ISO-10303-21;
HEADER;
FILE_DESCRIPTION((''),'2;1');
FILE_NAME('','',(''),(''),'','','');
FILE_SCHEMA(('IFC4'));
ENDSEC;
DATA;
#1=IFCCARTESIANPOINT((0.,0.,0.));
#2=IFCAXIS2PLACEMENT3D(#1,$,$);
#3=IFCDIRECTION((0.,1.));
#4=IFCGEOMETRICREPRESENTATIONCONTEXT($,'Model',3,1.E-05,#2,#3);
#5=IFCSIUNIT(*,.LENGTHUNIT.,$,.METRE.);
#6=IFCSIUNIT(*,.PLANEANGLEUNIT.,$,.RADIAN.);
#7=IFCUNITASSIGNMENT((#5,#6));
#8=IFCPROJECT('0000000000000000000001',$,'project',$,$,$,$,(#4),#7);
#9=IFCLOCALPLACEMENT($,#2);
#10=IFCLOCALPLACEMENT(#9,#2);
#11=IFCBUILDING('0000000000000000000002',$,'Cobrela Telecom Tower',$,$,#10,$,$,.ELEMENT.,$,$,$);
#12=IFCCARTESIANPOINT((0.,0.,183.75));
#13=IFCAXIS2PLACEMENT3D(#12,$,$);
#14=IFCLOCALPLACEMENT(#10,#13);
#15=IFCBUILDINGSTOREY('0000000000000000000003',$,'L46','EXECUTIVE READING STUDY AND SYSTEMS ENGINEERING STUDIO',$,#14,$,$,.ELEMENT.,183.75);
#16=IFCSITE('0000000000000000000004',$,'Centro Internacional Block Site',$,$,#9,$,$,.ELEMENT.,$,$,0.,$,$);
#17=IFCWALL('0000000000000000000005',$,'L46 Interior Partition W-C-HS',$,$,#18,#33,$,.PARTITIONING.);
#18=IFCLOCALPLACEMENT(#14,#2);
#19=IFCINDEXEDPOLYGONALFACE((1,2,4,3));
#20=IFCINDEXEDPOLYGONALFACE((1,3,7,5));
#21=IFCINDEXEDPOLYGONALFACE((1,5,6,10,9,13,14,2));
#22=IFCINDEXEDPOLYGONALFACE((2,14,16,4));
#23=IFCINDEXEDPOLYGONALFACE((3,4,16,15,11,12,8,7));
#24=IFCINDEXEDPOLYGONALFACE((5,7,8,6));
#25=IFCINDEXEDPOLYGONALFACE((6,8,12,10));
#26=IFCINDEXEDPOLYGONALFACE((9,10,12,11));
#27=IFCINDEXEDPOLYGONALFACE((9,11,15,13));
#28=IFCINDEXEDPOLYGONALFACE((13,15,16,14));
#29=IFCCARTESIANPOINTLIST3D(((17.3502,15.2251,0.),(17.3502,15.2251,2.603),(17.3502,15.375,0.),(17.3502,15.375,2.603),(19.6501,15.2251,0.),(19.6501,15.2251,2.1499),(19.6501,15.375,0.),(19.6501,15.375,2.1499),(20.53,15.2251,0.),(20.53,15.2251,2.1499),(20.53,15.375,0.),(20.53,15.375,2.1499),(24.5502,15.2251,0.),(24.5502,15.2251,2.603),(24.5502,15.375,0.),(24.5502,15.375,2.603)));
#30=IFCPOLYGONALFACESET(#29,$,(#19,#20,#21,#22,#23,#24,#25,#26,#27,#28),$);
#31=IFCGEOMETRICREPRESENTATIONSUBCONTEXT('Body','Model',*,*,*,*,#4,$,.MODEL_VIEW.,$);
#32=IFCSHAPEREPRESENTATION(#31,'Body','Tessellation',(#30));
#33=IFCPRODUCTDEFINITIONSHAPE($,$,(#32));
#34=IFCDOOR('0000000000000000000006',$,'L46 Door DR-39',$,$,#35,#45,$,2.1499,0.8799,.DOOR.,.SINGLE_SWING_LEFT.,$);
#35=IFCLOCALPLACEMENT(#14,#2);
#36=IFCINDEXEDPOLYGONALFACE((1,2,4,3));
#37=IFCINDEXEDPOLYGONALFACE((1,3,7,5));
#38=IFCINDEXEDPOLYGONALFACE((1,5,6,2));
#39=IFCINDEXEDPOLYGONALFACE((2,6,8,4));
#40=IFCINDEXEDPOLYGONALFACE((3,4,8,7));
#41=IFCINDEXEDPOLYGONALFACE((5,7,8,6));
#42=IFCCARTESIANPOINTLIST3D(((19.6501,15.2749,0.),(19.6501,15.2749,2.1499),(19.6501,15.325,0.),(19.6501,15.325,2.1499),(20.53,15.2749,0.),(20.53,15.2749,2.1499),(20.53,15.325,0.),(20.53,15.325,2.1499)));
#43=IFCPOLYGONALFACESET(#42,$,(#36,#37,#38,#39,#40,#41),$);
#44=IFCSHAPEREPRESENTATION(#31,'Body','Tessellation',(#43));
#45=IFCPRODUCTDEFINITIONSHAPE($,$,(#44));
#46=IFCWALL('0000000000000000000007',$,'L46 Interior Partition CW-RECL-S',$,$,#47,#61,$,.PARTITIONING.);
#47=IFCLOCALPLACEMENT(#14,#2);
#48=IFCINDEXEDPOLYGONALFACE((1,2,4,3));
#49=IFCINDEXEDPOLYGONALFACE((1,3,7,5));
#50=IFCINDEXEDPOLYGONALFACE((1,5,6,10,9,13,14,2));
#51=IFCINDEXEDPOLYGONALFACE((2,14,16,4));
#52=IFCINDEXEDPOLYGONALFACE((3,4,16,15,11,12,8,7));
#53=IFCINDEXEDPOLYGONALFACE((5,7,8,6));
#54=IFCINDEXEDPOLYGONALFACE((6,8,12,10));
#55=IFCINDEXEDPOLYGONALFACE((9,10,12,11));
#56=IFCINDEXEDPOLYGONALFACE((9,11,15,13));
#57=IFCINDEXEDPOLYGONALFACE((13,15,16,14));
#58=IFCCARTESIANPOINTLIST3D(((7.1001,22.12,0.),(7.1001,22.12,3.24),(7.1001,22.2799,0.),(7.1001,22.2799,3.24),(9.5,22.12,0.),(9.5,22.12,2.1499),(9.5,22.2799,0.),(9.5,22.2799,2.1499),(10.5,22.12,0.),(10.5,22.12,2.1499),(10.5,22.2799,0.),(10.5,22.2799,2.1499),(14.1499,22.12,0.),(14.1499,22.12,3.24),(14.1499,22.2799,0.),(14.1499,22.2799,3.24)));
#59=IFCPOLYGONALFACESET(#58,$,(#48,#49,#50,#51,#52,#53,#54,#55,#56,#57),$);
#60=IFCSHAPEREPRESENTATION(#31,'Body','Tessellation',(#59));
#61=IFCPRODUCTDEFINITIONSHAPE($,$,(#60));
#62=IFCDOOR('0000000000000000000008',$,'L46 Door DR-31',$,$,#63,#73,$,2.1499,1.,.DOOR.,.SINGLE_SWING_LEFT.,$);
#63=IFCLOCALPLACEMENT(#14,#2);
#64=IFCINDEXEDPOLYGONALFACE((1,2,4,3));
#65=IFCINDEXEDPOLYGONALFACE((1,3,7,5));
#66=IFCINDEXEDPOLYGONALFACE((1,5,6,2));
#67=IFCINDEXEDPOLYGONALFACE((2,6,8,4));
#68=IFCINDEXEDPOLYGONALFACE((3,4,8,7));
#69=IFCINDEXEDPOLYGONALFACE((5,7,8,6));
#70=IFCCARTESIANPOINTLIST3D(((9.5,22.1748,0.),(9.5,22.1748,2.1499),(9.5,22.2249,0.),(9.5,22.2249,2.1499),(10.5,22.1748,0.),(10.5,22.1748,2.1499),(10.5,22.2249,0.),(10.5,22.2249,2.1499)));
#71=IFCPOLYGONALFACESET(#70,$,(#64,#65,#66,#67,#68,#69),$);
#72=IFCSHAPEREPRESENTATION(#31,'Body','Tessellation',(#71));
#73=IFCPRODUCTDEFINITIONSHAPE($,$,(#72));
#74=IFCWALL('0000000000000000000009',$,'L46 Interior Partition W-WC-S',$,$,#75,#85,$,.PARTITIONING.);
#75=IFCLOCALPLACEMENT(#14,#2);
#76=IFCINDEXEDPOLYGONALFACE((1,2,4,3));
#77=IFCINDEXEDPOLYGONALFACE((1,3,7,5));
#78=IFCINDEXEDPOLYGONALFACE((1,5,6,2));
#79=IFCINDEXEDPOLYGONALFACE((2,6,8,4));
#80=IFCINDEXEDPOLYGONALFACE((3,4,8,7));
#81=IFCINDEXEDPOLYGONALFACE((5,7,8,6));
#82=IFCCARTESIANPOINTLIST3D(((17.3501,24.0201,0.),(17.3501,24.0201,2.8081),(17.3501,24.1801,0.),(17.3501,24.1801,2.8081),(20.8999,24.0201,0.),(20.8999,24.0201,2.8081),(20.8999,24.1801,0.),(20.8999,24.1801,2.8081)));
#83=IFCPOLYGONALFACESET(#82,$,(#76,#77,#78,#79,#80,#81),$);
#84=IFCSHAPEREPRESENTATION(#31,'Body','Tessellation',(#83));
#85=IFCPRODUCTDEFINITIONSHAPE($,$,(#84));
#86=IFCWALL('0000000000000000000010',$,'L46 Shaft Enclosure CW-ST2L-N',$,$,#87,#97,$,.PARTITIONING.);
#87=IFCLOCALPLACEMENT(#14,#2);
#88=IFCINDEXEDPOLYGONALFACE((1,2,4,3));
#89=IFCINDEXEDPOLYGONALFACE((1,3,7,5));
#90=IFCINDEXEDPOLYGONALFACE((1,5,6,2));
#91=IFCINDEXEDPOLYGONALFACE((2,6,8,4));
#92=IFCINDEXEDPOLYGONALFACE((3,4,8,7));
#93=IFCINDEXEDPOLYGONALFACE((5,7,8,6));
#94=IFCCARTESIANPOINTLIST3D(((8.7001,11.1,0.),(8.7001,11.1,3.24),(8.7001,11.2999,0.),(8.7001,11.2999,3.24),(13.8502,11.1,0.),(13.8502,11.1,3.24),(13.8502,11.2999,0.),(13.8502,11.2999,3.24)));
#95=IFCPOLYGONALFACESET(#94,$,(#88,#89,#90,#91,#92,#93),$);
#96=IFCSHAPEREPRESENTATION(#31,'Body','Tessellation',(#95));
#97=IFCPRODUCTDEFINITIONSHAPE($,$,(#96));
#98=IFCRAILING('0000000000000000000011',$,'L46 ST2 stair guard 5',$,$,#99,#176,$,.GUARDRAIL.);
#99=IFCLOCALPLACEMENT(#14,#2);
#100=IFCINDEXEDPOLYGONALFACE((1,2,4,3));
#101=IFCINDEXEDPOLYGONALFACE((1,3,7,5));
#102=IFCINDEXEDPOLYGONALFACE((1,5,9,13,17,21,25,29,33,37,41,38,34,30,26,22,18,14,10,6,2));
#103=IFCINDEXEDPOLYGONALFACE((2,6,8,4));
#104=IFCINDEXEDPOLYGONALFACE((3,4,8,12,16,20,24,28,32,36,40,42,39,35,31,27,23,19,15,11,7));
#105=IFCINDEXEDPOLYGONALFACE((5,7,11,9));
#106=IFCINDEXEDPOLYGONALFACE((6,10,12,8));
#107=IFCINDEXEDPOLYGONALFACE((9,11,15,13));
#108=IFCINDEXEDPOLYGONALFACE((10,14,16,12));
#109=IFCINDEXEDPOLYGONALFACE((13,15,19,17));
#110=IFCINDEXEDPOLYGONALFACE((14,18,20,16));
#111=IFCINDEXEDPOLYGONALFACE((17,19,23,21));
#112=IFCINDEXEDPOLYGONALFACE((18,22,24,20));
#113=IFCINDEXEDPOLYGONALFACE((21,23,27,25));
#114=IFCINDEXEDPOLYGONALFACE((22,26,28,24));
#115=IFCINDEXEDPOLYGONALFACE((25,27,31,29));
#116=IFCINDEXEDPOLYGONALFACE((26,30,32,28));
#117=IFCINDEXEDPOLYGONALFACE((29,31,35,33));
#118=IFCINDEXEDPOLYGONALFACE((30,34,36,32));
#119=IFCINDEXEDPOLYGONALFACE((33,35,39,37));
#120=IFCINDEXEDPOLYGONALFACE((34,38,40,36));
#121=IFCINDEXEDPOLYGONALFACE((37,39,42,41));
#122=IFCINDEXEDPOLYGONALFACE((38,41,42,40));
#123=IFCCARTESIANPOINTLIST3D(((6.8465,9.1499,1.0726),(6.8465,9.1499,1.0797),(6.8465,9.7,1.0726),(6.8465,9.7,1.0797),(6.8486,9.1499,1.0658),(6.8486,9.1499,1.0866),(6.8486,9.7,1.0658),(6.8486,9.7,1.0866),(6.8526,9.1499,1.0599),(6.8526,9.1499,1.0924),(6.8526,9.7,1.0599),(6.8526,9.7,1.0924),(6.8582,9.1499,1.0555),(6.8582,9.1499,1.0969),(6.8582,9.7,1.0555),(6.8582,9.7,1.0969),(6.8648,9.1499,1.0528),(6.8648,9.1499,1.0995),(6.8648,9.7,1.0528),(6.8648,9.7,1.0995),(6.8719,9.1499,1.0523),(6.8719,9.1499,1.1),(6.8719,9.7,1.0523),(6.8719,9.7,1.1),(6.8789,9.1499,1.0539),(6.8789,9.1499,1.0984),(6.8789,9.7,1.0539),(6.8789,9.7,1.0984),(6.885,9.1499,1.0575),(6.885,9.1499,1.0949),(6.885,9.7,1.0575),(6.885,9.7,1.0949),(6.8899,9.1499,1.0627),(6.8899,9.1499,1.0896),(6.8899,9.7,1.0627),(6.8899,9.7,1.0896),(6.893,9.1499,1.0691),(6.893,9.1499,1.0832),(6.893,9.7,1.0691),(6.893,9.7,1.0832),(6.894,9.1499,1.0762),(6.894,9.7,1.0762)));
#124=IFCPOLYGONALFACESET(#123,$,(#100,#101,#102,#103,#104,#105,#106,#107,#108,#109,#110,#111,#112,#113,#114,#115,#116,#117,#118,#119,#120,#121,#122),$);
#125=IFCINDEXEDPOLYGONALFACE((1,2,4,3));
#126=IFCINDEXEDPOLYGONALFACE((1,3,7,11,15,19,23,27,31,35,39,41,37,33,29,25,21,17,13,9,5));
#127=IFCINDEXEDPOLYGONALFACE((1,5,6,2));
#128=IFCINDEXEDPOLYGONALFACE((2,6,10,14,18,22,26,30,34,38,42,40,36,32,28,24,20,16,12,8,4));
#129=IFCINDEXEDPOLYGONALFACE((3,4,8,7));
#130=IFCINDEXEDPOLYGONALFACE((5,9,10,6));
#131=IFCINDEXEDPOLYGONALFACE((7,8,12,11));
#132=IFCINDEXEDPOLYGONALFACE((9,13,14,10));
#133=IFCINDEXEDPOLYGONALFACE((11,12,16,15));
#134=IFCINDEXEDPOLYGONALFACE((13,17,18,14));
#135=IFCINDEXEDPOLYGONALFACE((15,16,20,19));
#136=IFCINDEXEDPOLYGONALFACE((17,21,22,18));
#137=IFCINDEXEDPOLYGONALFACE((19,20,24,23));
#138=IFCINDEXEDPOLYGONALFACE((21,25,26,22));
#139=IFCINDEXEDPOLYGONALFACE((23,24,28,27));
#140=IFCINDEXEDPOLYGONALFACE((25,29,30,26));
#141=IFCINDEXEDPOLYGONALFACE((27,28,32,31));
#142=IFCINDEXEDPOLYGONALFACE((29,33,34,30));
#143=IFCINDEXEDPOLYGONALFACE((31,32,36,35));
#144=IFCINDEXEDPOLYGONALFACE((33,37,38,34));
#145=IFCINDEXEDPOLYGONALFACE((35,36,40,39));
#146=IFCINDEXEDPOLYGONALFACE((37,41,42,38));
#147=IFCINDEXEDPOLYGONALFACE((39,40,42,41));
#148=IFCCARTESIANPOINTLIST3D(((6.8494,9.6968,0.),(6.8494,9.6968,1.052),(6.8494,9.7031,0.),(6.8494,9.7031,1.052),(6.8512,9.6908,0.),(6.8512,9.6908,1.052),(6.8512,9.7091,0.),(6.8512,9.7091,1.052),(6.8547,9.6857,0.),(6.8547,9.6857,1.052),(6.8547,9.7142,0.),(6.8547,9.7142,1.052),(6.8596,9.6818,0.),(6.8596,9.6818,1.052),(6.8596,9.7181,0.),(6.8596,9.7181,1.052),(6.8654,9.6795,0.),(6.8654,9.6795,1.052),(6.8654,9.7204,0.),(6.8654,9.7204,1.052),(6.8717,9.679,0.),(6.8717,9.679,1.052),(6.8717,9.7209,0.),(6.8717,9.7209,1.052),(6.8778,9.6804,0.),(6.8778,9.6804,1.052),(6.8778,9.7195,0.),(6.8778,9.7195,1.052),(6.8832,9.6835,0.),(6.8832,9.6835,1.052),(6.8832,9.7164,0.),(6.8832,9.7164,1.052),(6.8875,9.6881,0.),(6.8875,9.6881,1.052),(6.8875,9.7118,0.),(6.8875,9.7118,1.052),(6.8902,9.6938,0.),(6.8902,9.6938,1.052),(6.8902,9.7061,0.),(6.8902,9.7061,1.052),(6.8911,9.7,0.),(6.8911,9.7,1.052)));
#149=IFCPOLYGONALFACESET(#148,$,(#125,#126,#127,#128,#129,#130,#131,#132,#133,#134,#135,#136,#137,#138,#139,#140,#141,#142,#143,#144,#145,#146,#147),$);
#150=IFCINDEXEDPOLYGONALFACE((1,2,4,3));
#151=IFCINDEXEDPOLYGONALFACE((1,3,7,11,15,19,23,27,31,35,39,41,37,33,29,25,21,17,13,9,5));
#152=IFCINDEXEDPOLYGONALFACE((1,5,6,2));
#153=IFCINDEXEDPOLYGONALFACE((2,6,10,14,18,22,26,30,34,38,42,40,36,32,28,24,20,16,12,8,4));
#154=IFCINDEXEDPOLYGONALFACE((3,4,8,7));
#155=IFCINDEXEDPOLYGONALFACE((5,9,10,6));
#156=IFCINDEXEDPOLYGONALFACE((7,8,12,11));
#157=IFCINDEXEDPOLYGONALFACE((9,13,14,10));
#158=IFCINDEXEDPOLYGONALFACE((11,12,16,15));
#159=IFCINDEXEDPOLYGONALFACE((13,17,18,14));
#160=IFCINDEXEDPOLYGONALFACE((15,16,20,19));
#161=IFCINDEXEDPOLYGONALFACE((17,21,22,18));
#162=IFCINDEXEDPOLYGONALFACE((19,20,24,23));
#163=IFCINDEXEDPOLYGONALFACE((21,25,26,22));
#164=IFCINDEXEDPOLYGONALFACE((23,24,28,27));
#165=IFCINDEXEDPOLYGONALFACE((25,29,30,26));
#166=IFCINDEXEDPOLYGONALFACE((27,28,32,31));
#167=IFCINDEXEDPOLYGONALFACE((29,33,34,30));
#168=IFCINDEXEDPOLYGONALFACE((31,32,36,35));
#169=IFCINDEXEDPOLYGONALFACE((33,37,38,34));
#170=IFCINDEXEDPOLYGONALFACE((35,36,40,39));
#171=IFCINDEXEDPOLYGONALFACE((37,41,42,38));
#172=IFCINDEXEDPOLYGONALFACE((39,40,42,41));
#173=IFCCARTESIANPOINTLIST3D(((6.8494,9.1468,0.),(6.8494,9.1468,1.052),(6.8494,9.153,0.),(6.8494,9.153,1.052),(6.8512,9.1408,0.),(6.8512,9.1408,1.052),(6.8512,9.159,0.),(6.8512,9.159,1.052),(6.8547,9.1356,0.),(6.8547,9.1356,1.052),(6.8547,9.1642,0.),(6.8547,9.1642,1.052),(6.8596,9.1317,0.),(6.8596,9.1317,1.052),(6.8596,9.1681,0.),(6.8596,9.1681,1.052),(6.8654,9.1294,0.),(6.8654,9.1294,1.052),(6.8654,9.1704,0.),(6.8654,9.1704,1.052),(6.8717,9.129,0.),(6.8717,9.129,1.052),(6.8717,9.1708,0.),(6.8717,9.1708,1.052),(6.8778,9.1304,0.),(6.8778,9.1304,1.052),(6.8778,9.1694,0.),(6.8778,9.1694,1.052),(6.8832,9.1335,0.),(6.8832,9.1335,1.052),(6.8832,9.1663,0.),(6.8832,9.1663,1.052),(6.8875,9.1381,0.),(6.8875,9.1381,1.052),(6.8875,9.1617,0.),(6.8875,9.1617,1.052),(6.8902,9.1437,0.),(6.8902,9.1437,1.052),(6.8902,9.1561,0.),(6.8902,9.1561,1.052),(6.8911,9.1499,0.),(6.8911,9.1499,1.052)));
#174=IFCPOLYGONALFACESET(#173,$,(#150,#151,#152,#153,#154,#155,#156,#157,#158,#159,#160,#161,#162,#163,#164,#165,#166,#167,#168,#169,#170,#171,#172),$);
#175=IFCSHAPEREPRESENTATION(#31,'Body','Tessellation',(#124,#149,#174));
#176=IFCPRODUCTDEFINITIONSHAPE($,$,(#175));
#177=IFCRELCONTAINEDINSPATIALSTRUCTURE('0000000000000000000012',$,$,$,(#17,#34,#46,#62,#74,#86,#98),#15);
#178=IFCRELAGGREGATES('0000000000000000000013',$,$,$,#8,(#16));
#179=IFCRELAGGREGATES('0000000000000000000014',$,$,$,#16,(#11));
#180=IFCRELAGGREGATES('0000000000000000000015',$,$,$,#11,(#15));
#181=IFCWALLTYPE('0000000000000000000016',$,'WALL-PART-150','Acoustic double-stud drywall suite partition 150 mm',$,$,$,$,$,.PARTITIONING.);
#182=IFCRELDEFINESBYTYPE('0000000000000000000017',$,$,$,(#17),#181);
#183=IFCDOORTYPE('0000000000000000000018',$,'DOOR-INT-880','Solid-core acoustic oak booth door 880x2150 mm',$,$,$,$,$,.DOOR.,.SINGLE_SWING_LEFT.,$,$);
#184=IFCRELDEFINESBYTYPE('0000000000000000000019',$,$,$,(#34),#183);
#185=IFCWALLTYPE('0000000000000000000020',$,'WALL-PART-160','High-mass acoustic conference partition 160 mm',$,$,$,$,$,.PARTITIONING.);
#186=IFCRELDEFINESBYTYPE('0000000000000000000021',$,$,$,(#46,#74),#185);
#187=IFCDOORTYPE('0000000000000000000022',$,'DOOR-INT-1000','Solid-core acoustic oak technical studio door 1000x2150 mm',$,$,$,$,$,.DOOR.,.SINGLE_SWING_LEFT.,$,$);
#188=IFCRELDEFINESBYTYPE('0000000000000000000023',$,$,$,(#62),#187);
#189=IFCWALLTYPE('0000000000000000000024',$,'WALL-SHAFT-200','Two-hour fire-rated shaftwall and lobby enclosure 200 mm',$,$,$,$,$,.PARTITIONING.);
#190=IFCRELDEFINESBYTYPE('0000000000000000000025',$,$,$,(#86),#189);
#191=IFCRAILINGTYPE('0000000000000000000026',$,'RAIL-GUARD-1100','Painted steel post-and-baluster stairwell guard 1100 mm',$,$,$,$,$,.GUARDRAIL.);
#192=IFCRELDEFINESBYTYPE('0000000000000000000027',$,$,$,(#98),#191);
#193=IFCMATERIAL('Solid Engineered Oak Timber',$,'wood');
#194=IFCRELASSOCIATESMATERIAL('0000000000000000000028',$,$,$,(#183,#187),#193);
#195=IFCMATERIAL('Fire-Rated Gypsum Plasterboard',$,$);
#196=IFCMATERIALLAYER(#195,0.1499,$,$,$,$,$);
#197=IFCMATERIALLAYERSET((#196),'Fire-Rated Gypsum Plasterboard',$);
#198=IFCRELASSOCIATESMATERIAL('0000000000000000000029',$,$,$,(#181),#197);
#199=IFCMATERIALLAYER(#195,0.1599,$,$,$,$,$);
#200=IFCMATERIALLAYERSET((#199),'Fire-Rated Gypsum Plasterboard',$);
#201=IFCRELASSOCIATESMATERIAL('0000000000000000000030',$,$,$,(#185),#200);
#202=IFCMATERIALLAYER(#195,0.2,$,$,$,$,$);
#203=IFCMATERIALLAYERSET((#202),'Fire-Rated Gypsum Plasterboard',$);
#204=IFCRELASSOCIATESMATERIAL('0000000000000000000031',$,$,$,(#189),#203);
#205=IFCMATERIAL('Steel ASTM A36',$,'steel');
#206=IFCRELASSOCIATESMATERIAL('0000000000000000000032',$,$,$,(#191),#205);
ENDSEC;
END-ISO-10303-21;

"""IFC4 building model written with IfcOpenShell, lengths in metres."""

from ifc_helpers import new_model, si_unit, direction, frame, frame_2d, origin, origin_2d, place, context, subcontext, project, spatial, rectangle, circle, extrude, material, layer, layer_set, type_object, element, fill, save


model = new_model("IFC4")

# Units and contexts
model_context = context("Model", 3, precision=1e-05, world=origin(), true_north=direction((0.0, 1.0)))
body_context = subcontext(model_context, "Body", "Model", "MODEL_VIEW")
ifc_project = project(units=[si_unit("LENGTHUNIT", "METRE"), si_unit("PLANEANGLEUNIT", "RADIAN")], contexts=[model_context])

# Site, building, storey
site_placement = place(None, origin())
site = spatial("IfcSite", under=ifc_project, at=site_placement, Name="Centro Internacional Block Site", CompositionType="ELEMENT", RefElevation=0.0)
building_placement = place(site_placement, origin())
building = spatial("IfcBuilding", under=site, at=building_placement, Name="Cobrela Telecom Tower", CompositionType="ELEMENT")
storey_placement = place(building_placement, frame((0.0, 0.0, 183.75)))
storey = spatial("IfcBuildingStorey", under=building, at=storey_placement, Name="L46", Description="EXECUTIVE READING STUDY AND SYSTEMS ENGINEERING STUDIO", CompositionType="ELEMENT", Elevation=183.75)

# Shared definitions
ifc_material_1 = material(Name="Fire-Rated Gypsum Plasterboard")

# Walls, openings, doors
ifc_material_2 = material(Name="Solid Engineered Oak Timber", Category="wood")
door_type_1 = type_object("IfcDoorType", Name="DOOR-INT-880", Description="Solid-core acoustic oak booth door 880x2150 mm", OperationType="SINGLE_SWING_LEFT", PredefinedType="DOOR", material=ifc_material_2)
ifc_layer_1 = layer(ifc_material_1, 0.1499)
ifc_layer_set_1 = layer_set([ifc_layer_1], Name="Fire-Rated Gypsum Plasterboard")
wall_type_1 = type_object("IfcWallType", Name="WALL-PART-150", Description="Acoustic double-stud drywall suite partition 150 mm", PredefinedType="PARTITIONING", material=ifc_layer_set_1)
wall_1_placement = place(storey_placement, frame((17.3501, 15.3, 0.0), z_axis=(0.0, 0.0, 1.0), x_axis=(1.0, 0.0, 0.0)))
wall_1 = element("IfcWall", 1, at=wall_1_placement, inside=storey, type_object=wall_type_1, Name="L46 Interior Partition W-C-HS", PredefinedType="PARTITIONING", context=body_context, shape_type="SweptSolid", body=[
    extrude(rectangle(XDim=7.2, YDim=0.1499, at=frame_2d((3.6001, 0.0))), origin(), (0.0, 0.0, 1.0), 2.603),
])
opening_1_placement = place(wall_1_placement, frame((2.3, 0.0, 0.0)))
opening_1 = element("IfcOpeningElement", 2, at=opening_1_placement, cuts=wall_1, PredefinedType="OPENING", context=body_context, shape_type="SweptSolid", body=[
    extrude(rectangle(XDim=0.8799, YDim=2.1499, at=frame_2d((0.4399, 1.075))), frame((0.0, 0.0869, 0.0), z_axis=(0.0, -1.0, 0.0), x_axis=(1.0, 0.0, 0.0)), (0.0, 0.0, 1.0), 0.1738),
])
door_1_placement = place(opening_1_placement, origin())
door_1 = element("IfcDoor", 3, at=door_1_placement, inside=storey, type_object=door_type_1, Name="L46 Door DR-39", OperationType="SINGLE_SWING_LEFT", OverallHeight=2.1499, OverallWidth=0.8799, PredefinedType="DOOR", context=body_context, shape_type="SweptSolid", body=[
    extrude(rectangle(XDim=0.8799, YDim=2.1499, at=frame_2d((0.4399, 1.075))), frame((0.0, 0.0249, 0.0), z_axis=(0.0, -1.0, 0.0), x_axis=(1.0, 0.0, 0.0)), (0.0, 0.0, 1.0), 0.05),
])
fill(opening_1, door_1)
ifc_layer_2 = layer(ifc_material_1, 0.1599)
ifc_layer_set_2 = layer_set([ifc_layer_2], Name="Fire-Rated Gypsum Plasterboard")
wall_type_2 = type_object("IfcWallType", Name="WALL-PART-160", Description="High-mass acoustic conference partition 160 mm", PredefinedType="PARTITIONING", material=ifc_layer_set_2)
wall_2_placement = place(storey_placement, frame((7.1001, 22.2, 0.0), z_axis=(0.0, 0.0, 1.0), x_axis=(1.0, 0.0, 0.0)))
wall_2 = element("IfcWall", 4, at=wall_2_placement, inside=storey, type_object=wall_type_2, Name="L46 Interior Partition CW-RECL-S", PredefinedType="PARTITIONING", context=body_context, shape_type="SweptSolid", body=[
    extrude(rectangle(XDim=7.0498, YDim=0.1599, at=frame_2d((3.5249, 0.0))), origin(), (0.0, 0.0, 1.0), 3.24),
])
opening_2_placement = place(wall_2_placement, frame((2.3999, 0.0, 0.0)))
opening_2 = element("IfcOpeningElement", 5, at=opening_2_placement, cuts=wall_2, PredefinedType="OPENING", context=body_context, shape_type="SweptSolid", body=[
    extrude(rectangle(XDim=1.0, YDim=2.1499, at=frame_2d((0.5, 1.075))), frame((0.0, 0.0918, 0.0), z_axis=(0.0, -1.0, 0.0), x_axis=(1.0, 0.0, 0.0)), (0.0, 0.0, 1.0), 0.1838),
])
door_type_2 = type_object("IfcDoorType", Name="DOOR-INT-1000", Description="Solid-core acoustic oak technical studio door 1000x2150 mm", OperationType="SINGLE_SWING_LEFT", PredefinedType="DOOR", material=ifc_material_2)
door_2_placement = place(opening_2_placement, origin())
door_2 = element("IfcDoor", 6, at=door_2_placement, inside=storey, type_object=door_type_2, Name="L46 Door DR-31", OperationType="SINGLE_SWING_LEFT", OverallHeight=2.1499, OverallWidth=1.0, PredefinedType="DOOR", context=body_context, shape_type="SweptSolid", body=[
    extrude(rectangle(XDim=1.0, YDim=2.1499, at=frame_2d((0.5, 1.075))), frame((0.0, 0.0249, 0.0), z_axis=(0.0, -1.0, 0.0), x_axis=(1.0, 0.0, 0.0)), (0.0, 0.0, 1.0), 0.05),
])
fill(opening_2, door_2)

# Walls
wall_3_placement = place(storey_placement, frame((17.3501, 24.1001, 0.0), z_axis=(0.0, 0.0, 1.0), x_axis=(1.0, 0.0, 0.0)))
element("IfcWall", 7, at=wall_3_placement, inside=storey, type_object=wall_type_2, Name="L46 Interior Partition W-WC-S", PredefinedType="PARTITIONING", context=body_context, shape_type="SweptSolid", body=[
    extrude(rectangle(XDim=3.5498, YDim=0.1599, at=frame_2d((1.7749, 0.0))), origin(), (0.0, 0.0, 1.0), 2.8081),
])
ifc_layer_3 = layer(ifc_material_1, 0.2)
ifc_layer_set_3 = layer_set([ifc_layer_3], Name="Fire-Rated Gypsum Plasterboard")
wall_type_3 = type_object("IfcWallType", Name="WALL-SHAFT-200", Description="Two-hour fire-rated shaftwall and lobby enclosure 200 mm", PredefinedType="PARTITIONING", material=ifc_layer_set_3)
wall_4_placement = place(storey_placement, frame((8.7, 11.2, 0.0), z_axis=(0.0, 0.0, 1.0), x_axis=(1.0, 0.0, 0.0)))
element("IfcWall", 8, at=wall_4_placement, inside=storey, type_object=wall_type_3, Name="L46 Shaft Enclosure CW-ST2L-N", PredefinedType="PARTITIONING", context=body_context, shape_type="SweptSolid", body=[
    extrude(rectangle(XDim=5.1501, YDim=0.2, at=frame_2d((2.5752, 0.0))), origin(), (0.0, 0.0, 1.0), 3.24),
])

# Railing
ifc_material_3 = material(Name="Steel ASTM A36", Category="steel")
railing_type_1 = type_object("IfcRailingType", Name="RAIL-GUARD-1100", Description="Painted steel post-and-baluster stairwell guard 1100 mm", PredefinedType="GUARDRAIL", material=ifc_material_3)
railing_1_placement = place(storey_placement, frame((6.8701, 9.7, 0.0)))
element("IfcRailing", 9, at=railing_1_placement, inside=storey, type_object=railing_type_1, Name="L46 ST2 stair guard 5", PredefinedType="GUARDRAIL", context=body_context, shape_type="SweptSolid", body=[
    extrude(circle(Radius=0.0239, at=origin_2d()), frame((0.0, 0.0, 1.0762), z_axis=(0.0, -1.0, 0.0), x_axis=(1.0, 0.0, 0.0)), (0.0, 0.0, 1.0), 0.55),
    extrude(circle(Radius=0.021, at=origin_2d()), origin(), (0.0, 0.0, 1.0), 1.052),
    extrude(circle(Radius=0.021, at=origin_2d()), frame((0.0, -0.55, 0.0)), (0.0, 0.0, 1.0), 1.052),
])

save(model, "model.ifc")
